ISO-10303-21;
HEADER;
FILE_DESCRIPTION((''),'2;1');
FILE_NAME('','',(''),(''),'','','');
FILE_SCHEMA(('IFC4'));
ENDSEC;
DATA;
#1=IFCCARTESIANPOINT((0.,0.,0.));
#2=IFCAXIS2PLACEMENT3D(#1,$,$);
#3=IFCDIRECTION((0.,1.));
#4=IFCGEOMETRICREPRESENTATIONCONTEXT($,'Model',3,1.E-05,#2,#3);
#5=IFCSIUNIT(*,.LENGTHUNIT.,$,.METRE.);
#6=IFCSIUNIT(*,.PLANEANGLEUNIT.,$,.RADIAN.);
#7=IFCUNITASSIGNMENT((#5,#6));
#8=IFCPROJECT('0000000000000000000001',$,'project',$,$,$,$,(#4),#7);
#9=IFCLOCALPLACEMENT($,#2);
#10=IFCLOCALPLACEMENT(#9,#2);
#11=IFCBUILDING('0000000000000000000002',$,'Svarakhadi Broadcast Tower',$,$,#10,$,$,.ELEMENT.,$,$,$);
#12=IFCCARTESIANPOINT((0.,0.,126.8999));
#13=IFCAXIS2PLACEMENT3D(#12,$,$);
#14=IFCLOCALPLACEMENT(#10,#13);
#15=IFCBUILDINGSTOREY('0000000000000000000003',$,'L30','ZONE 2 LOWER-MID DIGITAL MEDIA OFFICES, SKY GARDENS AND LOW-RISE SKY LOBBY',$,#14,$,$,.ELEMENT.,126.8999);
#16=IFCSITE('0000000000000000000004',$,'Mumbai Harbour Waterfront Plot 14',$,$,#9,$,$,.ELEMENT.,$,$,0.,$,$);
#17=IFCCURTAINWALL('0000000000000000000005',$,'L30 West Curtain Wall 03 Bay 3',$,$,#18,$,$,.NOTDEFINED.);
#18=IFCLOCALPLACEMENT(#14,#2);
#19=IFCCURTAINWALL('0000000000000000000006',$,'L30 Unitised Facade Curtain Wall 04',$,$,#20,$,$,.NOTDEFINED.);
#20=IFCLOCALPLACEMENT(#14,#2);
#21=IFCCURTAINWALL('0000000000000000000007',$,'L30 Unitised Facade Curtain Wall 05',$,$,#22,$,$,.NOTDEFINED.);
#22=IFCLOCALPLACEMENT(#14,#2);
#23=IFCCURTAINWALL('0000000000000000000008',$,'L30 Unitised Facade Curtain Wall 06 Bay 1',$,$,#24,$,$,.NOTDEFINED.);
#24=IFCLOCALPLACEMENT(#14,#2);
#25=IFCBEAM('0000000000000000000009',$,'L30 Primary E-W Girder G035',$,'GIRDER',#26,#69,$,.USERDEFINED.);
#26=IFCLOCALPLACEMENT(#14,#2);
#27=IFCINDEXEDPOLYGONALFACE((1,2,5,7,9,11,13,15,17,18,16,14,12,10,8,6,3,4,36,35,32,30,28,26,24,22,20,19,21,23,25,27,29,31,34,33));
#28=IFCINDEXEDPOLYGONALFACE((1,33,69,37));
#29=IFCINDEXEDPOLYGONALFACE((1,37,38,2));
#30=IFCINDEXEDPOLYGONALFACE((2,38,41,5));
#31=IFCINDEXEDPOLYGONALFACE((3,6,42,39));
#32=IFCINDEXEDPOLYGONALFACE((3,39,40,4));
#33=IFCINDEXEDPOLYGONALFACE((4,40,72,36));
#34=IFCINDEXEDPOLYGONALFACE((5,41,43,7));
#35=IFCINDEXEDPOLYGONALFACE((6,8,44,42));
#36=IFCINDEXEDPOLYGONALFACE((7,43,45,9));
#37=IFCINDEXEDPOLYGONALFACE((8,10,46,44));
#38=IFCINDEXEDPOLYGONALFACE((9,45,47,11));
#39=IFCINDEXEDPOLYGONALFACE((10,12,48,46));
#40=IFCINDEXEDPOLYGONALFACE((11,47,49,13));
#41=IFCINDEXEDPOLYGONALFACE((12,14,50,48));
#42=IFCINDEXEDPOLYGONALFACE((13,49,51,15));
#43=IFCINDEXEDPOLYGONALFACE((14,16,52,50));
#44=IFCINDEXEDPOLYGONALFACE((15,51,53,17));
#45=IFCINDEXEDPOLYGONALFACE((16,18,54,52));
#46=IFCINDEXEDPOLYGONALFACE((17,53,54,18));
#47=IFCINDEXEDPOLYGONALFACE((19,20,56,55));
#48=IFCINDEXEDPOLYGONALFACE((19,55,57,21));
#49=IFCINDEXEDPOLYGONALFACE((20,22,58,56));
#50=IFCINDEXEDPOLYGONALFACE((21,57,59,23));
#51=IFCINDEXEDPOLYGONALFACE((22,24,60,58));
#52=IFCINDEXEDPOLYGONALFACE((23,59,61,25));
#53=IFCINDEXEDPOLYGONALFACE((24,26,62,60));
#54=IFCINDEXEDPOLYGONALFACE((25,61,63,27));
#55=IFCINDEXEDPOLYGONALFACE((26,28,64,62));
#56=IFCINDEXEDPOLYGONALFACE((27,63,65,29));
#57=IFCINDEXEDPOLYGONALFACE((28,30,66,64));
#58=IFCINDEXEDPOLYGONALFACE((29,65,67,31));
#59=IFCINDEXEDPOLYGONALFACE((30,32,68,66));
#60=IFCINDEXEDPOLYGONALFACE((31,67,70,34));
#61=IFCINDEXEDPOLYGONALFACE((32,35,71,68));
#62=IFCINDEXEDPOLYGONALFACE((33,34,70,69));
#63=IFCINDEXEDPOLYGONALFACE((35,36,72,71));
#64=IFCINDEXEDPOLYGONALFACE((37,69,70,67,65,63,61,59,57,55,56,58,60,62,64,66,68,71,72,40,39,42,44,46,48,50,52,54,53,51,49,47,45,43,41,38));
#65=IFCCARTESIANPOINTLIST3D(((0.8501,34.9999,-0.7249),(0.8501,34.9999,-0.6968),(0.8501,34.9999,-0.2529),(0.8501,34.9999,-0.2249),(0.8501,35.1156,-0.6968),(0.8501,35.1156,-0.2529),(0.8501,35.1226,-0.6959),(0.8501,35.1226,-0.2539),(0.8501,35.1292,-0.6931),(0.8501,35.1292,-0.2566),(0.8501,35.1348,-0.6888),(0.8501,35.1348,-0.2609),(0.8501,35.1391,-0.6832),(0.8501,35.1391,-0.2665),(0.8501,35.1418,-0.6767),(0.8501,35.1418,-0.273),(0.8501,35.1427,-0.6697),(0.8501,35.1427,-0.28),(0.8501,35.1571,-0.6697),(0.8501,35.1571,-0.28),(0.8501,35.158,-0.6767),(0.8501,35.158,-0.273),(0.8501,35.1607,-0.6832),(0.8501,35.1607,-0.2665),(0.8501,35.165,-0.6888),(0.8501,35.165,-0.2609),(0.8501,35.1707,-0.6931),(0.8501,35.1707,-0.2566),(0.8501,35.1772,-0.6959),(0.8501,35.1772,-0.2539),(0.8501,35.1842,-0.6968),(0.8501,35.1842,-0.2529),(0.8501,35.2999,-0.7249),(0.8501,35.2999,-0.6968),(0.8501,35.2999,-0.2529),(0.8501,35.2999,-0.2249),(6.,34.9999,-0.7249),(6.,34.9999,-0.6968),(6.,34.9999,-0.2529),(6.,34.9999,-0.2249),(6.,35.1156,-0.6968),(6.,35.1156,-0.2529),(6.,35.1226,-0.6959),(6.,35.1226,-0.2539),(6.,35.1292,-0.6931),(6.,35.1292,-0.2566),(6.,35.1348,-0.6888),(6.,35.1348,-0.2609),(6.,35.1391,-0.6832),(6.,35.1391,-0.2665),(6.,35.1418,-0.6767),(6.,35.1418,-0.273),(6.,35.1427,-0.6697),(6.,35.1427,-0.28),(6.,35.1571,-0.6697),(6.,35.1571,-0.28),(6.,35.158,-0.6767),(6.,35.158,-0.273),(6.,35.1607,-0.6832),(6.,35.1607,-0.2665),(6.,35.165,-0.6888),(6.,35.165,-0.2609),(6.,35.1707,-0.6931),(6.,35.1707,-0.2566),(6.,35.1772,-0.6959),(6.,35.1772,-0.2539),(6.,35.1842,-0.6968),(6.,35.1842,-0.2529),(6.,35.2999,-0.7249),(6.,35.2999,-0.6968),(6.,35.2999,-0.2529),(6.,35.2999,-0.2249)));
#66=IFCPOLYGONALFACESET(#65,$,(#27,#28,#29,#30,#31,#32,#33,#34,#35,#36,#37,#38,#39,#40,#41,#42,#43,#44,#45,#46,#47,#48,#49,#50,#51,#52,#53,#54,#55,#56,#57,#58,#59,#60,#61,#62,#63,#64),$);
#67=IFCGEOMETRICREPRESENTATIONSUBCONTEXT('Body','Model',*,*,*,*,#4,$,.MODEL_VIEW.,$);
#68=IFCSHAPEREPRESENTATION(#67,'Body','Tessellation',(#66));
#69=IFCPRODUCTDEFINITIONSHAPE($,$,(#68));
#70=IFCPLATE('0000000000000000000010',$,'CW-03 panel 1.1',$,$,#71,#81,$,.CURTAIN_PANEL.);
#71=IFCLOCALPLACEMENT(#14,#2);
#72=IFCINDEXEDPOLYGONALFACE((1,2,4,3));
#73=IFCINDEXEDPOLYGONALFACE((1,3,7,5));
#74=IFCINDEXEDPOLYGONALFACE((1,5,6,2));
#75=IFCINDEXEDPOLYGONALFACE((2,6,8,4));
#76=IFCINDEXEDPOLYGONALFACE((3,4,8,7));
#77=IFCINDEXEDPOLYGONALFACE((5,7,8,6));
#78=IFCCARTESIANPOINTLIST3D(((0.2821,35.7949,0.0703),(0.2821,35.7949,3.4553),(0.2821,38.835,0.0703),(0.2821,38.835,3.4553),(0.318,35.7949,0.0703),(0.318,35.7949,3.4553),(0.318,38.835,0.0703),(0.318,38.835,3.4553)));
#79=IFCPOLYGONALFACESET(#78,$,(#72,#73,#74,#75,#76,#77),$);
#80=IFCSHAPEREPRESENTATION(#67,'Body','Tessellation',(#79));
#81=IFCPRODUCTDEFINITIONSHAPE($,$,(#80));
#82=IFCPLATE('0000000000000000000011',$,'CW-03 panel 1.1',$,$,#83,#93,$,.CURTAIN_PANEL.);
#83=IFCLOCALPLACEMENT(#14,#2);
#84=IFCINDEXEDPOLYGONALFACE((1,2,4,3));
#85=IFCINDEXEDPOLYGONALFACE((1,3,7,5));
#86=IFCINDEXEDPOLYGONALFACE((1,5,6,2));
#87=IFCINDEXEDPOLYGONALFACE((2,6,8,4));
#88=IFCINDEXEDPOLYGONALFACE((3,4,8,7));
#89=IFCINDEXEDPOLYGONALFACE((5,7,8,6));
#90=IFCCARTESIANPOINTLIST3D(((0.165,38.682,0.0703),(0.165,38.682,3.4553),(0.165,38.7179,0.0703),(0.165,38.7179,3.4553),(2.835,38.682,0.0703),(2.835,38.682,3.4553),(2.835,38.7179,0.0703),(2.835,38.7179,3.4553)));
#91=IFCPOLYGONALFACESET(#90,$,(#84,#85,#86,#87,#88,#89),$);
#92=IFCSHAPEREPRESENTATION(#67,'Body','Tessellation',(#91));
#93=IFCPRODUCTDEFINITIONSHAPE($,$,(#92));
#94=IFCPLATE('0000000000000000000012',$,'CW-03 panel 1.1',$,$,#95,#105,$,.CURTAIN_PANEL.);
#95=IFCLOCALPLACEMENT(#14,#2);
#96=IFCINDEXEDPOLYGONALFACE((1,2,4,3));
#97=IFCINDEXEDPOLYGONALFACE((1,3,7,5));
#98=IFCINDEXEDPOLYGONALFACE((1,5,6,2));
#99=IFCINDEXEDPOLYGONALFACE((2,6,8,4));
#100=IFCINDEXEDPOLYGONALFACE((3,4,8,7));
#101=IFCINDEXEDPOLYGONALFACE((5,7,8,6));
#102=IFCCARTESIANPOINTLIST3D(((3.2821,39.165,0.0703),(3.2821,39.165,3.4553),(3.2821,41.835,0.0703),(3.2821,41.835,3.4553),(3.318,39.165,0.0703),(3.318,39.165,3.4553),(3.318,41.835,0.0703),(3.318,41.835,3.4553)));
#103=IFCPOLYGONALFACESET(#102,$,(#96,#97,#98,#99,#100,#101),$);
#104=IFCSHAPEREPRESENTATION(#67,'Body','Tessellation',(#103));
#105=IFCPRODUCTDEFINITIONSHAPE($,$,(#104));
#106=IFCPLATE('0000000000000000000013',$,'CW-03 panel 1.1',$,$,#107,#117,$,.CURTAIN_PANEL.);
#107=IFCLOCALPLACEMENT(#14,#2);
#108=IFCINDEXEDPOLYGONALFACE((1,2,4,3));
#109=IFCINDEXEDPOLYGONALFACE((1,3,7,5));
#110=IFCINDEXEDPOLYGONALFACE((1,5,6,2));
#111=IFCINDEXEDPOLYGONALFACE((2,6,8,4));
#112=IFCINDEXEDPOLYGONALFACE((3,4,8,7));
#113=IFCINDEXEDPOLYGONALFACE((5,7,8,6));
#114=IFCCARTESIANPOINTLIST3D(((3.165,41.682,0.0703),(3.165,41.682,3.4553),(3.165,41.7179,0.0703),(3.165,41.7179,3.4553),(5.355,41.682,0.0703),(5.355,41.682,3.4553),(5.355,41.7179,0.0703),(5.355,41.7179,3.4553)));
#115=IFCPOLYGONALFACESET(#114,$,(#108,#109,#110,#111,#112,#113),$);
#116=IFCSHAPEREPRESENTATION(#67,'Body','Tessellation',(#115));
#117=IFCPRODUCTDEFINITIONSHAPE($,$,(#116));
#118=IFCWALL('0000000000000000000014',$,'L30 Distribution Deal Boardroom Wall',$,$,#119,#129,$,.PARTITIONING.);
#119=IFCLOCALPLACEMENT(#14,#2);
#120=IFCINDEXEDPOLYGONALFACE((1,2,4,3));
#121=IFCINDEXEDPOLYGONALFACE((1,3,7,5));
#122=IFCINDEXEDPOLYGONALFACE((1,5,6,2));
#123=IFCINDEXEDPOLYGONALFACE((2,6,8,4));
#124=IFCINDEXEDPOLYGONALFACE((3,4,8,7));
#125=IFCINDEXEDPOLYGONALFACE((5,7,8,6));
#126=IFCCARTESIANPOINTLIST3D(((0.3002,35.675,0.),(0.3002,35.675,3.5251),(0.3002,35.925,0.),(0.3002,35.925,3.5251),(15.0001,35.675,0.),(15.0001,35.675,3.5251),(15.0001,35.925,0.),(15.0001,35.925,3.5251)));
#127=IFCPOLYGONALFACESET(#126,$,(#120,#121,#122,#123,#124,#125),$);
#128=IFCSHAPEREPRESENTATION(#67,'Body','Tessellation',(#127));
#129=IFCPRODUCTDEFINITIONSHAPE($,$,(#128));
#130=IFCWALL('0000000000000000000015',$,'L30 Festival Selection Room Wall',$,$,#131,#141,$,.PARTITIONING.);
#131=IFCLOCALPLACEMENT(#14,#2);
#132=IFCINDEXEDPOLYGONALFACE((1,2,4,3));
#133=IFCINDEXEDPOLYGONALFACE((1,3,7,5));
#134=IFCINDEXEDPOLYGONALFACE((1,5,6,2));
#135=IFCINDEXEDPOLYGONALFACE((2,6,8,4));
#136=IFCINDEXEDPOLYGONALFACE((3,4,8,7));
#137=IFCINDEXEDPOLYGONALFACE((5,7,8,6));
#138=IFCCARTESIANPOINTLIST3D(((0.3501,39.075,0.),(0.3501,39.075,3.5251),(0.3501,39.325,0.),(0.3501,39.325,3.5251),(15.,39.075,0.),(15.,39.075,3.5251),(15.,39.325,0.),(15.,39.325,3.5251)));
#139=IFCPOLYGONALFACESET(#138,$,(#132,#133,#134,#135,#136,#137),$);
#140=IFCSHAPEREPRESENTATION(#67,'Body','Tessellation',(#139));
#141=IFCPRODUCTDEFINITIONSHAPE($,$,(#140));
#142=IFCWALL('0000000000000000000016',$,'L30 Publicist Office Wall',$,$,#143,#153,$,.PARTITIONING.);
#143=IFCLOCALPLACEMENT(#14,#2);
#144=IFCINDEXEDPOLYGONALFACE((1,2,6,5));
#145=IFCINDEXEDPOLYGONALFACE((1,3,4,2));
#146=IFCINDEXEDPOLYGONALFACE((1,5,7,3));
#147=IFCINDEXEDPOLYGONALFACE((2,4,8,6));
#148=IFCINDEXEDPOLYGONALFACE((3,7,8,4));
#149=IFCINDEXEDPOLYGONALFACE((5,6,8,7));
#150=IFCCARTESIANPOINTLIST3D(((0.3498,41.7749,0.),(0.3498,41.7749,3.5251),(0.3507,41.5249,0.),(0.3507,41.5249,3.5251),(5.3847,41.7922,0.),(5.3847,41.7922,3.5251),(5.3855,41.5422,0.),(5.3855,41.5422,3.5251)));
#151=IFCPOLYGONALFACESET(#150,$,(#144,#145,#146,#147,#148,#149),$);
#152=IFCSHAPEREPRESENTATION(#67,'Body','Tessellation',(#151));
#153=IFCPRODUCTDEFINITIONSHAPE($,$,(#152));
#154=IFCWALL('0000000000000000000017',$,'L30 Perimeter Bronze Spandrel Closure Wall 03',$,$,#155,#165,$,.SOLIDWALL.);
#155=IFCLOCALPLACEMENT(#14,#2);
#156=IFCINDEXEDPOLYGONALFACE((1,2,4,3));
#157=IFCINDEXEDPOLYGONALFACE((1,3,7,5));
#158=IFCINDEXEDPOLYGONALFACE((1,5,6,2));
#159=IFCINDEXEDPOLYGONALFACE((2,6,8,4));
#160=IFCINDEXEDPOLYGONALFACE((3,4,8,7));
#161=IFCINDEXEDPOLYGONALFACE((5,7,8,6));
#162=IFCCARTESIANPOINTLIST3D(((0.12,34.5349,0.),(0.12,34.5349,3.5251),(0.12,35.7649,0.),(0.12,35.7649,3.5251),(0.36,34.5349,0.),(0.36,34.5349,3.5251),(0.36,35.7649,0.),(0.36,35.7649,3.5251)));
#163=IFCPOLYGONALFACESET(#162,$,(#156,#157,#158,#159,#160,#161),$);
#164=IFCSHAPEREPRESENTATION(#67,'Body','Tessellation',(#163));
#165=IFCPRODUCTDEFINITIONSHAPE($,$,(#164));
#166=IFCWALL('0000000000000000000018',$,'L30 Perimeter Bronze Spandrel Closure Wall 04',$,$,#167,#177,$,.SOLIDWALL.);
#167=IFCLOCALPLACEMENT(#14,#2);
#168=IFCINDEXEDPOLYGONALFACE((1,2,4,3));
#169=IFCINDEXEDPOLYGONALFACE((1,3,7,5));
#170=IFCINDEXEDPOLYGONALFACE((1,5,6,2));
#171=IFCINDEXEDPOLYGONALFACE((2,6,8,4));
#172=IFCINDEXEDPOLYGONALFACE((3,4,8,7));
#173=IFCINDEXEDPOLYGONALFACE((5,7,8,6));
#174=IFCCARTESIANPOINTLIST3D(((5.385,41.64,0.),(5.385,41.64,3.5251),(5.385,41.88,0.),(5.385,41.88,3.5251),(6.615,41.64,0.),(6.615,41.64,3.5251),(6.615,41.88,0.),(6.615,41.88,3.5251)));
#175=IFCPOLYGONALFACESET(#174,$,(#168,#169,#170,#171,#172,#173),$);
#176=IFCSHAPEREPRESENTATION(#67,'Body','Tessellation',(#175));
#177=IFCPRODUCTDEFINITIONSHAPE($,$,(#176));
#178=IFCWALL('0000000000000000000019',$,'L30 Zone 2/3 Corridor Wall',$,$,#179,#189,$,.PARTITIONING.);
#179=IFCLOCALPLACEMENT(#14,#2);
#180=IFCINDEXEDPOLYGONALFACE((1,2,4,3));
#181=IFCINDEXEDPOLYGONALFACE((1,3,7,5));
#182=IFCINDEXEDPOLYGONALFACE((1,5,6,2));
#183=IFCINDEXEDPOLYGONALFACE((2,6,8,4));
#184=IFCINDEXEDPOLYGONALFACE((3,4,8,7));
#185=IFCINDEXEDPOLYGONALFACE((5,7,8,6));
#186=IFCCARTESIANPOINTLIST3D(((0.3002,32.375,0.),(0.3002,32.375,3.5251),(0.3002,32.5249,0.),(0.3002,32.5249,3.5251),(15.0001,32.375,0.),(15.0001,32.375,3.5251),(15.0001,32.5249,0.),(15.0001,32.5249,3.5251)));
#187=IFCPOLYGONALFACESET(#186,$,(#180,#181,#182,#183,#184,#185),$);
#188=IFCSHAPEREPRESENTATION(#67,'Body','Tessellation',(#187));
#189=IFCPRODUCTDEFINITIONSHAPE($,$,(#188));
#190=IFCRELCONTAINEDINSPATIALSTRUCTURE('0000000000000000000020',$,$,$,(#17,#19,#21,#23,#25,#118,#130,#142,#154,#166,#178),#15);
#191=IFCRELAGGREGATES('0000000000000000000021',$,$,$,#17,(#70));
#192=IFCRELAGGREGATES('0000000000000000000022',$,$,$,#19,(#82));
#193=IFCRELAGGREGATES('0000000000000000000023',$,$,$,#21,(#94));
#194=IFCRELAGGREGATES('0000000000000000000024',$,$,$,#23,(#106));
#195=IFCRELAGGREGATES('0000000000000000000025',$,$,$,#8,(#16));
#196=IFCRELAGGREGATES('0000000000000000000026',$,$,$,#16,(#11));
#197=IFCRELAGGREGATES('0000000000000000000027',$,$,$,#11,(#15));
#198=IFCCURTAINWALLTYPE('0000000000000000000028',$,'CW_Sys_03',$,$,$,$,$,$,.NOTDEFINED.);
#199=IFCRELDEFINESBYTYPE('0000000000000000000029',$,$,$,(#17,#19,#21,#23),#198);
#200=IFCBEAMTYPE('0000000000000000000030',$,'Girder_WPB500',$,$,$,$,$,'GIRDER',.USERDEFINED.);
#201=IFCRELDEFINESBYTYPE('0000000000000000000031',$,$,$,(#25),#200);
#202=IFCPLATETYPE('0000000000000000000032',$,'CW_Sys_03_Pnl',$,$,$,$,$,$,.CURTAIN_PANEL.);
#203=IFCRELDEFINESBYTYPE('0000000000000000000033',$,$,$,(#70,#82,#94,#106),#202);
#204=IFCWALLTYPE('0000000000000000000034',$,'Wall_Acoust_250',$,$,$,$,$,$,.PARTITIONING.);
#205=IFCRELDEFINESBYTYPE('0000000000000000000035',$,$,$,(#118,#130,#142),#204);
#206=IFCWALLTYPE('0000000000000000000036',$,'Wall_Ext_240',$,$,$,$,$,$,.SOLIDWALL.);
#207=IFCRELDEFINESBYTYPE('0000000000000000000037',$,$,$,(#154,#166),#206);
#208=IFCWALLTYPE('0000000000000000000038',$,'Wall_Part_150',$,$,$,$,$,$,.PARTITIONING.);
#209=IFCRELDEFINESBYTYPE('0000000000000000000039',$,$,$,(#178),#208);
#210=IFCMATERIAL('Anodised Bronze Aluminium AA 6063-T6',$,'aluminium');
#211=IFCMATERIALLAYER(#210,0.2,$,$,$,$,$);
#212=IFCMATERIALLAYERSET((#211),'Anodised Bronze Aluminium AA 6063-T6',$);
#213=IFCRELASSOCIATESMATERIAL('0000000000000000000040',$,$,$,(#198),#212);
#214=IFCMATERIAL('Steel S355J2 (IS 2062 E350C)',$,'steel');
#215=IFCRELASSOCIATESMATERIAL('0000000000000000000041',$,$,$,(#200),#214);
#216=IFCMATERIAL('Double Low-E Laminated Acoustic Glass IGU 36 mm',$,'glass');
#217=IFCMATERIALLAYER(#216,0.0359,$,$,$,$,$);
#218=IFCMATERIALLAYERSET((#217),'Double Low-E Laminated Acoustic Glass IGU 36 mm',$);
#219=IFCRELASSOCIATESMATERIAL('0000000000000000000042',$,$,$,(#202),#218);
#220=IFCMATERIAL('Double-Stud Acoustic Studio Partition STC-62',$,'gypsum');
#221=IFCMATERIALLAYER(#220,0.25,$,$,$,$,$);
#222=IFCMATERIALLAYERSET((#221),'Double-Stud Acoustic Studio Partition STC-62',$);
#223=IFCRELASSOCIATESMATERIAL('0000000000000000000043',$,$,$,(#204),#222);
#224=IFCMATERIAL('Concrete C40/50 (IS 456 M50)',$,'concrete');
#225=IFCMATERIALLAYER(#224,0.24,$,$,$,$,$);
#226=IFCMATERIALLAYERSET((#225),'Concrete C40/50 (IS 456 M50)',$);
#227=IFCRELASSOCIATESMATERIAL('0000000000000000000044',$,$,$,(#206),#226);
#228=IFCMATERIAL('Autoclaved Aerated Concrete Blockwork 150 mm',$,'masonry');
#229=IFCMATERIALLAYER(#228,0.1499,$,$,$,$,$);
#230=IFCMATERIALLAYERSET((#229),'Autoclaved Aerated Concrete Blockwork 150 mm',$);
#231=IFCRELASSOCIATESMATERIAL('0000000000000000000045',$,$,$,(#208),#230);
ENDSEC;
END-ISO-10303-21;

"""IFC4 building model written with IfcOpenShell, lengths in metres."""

from ifc_helpers import new_model, si_unit, direction, frame, frame_2d, origin, origin_2d, place, context, subcontext, project, spatial, rectangle, i_section, extrude, material, layer, layer_set, material_profile, profile_set, type_object, element, aggregate, save


model = new_model("IFC4")

# Units and contexts
model_context = context("Model", 3, precision=1e-05, world=origin(), true_north=direction((0.0, 1.0)))
body_context = subcontext(model_context, "Body", "Model", "MODEL_VIEW")
ifc_project = project(units=[si_unit("LENGTHUNIT", "METRE"), si_unit("PLANEANGLEUNIT", "RADIAN")], contexts=[model_context])

# Site, building, storey
site_placement = place(None, origin())
site = spatial("IfcSite", under=ifc_project, at=site_placement, Name="Mumbai Harbour Waterfront Plot 14", CompositionType="ELEMENT", RefElevation=0.0)
building_placement = place(site_placement, origin())
building = spatial("IfcBuilding", under=site, at=building_placement, Name="Svarakhadi Broadcast Tower", CompositionType="ELEMENT")
storey_placement = place(building_placement, frame((0.0, 0.0, 126.8999)))
storey = spatial("IfcBuildingStorey", under=building, at=storey_placement, Name="L30", Description="ZONE 2 LOWER-MID DIGITAL MEDIA OFFICES, SKY GARDENS AND LOW-RISE SKY LOBBY", CompositionType="ELEMENT", Elevation=126.8999)

# Shared definitions
ifc_material_1 = material(Name="Steel S355J2 (IS 2062 E350C)", Category="steel")

# Shared definitions
ifc_material_2 = material(Name="Anodised Bronze Aluminium AA 6063-T6", Category="aluminium")
ifc_layer_1 = layer(ifc_material_2, 0.2)
ifc_layer_set_1 = layer_set([ifc_layer_1], Name="Anodised Bronze Aluminium AA 6063-T6")
curtain_wall_type = type_object("IfcCurtainWallType", Name="CW_Sys_03", PredefinedType="NOTDEFINED", material=ifc_layer_set_1)

# Curtain walls
curtain_wall_1_placement = place(storey_placement, origin())
curtain_wall_1 = element("IfcCurtainWall", 1, at=curtain_wall_1_placement, inside=storey, type_object=curtain_wall_type, Name="L30 West Curtain Wall 03 Bay 3", PredefinedType="NOTDEFINED")
curtain_wall_2_placement = place(storey_placement, origin())
curtain_wall_2 = element("IfcCurtainWall", 2, at=curtain_wall_2_placement, inside=storey, type_object=curtain_wall_type, Name="L30 Unitised Facade Curtain Wall 04", PredefinedType="NOTDEFINED")
curtain_wall_3_placement = place(storey_placement, origin())
curtain_wall_3 = element("IfcCurtainWall", 3, at=curtain_wall_3_placement, inside=storey, type_object=curtain_wall_type, Name="L30 Unitised Facade Curtain Wall 05", PredefinedType="NOTDEFINED")
curtain_wall_4_placement = place(storey_placement, origin())
curtain_wall_4 = element("IfcCurtainWall", 4, at=curtain_wall_4_placement, inside=storey, type_object=curtain_wall_type, Name="L30 Unitised Facade Curtain Wall 06 Bay 1", PredefinedType="NOTDEFINED")

# Beam
ifc_material_profile_1 = material_profile(ifc_material_1, i_section(OverallWidth=0.3, OverallDepth=0.5, WebThickness=0.0144, FlangeThickness=0.0281, FilletRadius=0.0271, at=origin_2d()), Name="WPB 500x300x187")
ifc_profile_set_1 = profile_set([ifc_material_profile_1], Name="Steel S355J2 (IS 2062 E350C)")
beam_type_1 = type_object("IfcBeamType", Name="Girder_WPB500", ElementType="GIRDER", PredefinedType="USERDEFINED", material=ifc_profile_set_1)
beam_1_placement = place(storey_placement, frame((0.8501, 35.1499, -0.4749), z_axis=(1.0, 0.0, 0.0), x_axis=(0.0, 1.0, 0.0)))
element("IfcBeam", 5, at=beam_1_placement, inside=storey, type_object=beam_type_1, Name="L30 Primary E-W Girder G035", ObjectType="GIRDER", PredefinedType="USERDEFINED", context=body_context, shape_type="SweptSolid", body=[
    extrude(i_section(OverallWidth=0.3, OverallDepth=0.5, WebThickness=0.0144, FlangeThickness=0.0281, FilletRadius=0.0271, at=origin_2d()), origin(), (0.0, 0.0, 1.0), 5.1499),
])

# Plates
ifc_material_3 = material(Name="Double Low-E Laminated Acoustic Glass IGU 36 mm", Category="glass")
ifc_layer_2 = layer(ifc_material_3, 0.0359)
ifc_layer_set_2 = layer_set([ifc_layer_2], Name="Double Low-E Laminated Acoustic Glass IGU 36 mm")
plate_type = type_object("IfcPlateType", Name="CW_Sys_03_Pnl", PredefinedType="CURTAIN_PANEL", material=ifc_layer_set_2)
plate_1_placement = place(storey_placement, frame((0.3, 37.3149, 0.0703), z_axis=(0.0, 0.0, 1.0), x_axis=(0.0, 1.0, 0.0)))
plate_1 = element("IfcPlate", 6, at=plate_1_placement, type_object=plate_type, Name="CW-03 panel 1.1", PredefinedType="CURTAIN_PANEL", context=body_context, shape_type="SweptSolid", body=[
    extrude(rectangle(XDim=3.04, YDim=0.0359, at=origin_2d()), origin(), (0.0, 0.0, 1.0), 3.385),
])
aggregate(curtain_wall_1, [plate_1])
plate_2_placement = place(storey_placement, frame((1.5, 38.7, 0.0703), z_axis=(0.0, 0.0, 1.0), x_axis=(1.0, 0.0, 0.0)))
plate_2 = element("IfcPlate", 7, at=plate_2_placement, type_object=plate_type, Name="CW-03 panel 1.1", PredefinedType="CURTAIN_PANEL", context=body_context, shape_type="SweptSolid", body=[
    extrude(rectangle(XDim=2.6699, YDim=0.0359, at=origin_2d()), origin(), (0.0, 0.0, 1.0), 3.385),
])
aggregate(curtain_wall_2, [plate_2])
plate_3_placement = place(storey_placement, frame((3.3, 40.5, 0.0703), z_axis=(0.0, 0.0, 1.0), x_axis=(0.0, 1.0, 0.0)))
plate_3 = element("IfcPlate", 8, at=plate_3_placement, type_object=plate_type, Name="CW-03 panel 1.1", PredefinedType="CURTAIN_PANEL", context=body_context, shape_type="SweptSolid", body=[
    extrude(rectangle(XDim=2.6699, YDim=0.0359, at=origin_2d()), origin(), (0.0, 0.0, 1.0), 3.385),
])
aggregate(curtain_wall_3, [plate_3])
plate_4_placement = place(storey_placement, frame((4.26, 41.7, 0.0703), z_axis=(0.0, 0.0, 1.0), x_axis=(1.0, 0.0, 0.0)))
plate_4 = element("IfcPlate", 9, at=plate_4_placement, type_object=plate_type, Name="CW-03 panel 1.1", PredefinedType="CURTAIN_PANEL", context=body_context, shape_type="SweptSolid", body=[
    extrude(rectangle(XDim=2.1899, YDim=0.0359, at=origin_2d()), origin(), (0.0, 0.0, 1.0), 3.385),
])
aggregate(curtain_wall_4, [plate_4])

# Walls
ifc_material_4 = material(Name="Double-Stud Acoustic Studio Partition STC-62", Category="gypsum")
ifc_layer_3 = layer(ifc_material_4, 0.25)
ifc_layer_set_3 = layer_set([ifc_layer_3], Name="Double-Stud Acoustic Studio Partition STC-62")
wall_type_1 = type_object("IfcWallType", Name="Wall_Acoust_250", PredefinedType="PARTITIONING", material=ifc_layer_set_3)
wall_1_placement = place(storey_placement, frame((0.3, 35.8, 0.0), z_axis=(0.0, 0.0, 1.0), x_axis=(1.0, 0.0, 0.0)))
element("IfcWall", 10, at=wall_1_placement, inside=storey, type_object=wall_type_1, Name="L30 Distribution Deal Boardroom Wall", PredefinedType="PARTITIONING", context=body_context, shape_type="SweptSolid", body=[
    extrude(rectangle(XDim=14.7, YDim=0.25, at=frame_2d((7.3501, 0.0))), origin(), (0.0, 0.0, 1.0), 3.5251),
])
wall_2_placement = place(storey_placement, frame((0.3501, 39.2, 0.0), z_axis=(0.0, 0.0, 1.0), x_axis=(1.0, 0.0, 0.0)))
element("IfcWall", 11, at=wall_2_placement, inside=storey, type_object=wall_type_1, Name="L30 Festival Selection Room Wall", PredefinedType="PARTITIONING", context=body_context, shape_type="SweptSolid", body=[
    extrude(rectangle(XDim=14.6499, YDim=0.25, at=frame_2d((7.325, 0.0))), origin(), (0.0, 0.0, 1.0), 3.5251),
])
wall_3_placement = place(storey_placement, frame((0.3501, 41.6499, 0.0), z_axis=(0.0, 0.0, 1.0), x_axis=(0.999994, 0.003443, 0.0)))
element("IfcWall", 12, at=wall_3_placement, inside=storey, type_object=wall_type_1, Name="L30 Publicist Office Wall", PredefinedType="PARTITIONING", context=body_context, shape_type="SweptSolid", body=[
    extrude(rectangle(XDim=5.0349, YDim=0.25, at=frame_2d((2.5176, 0.0))), origin(), (0.0, 0.0, 1.0), 3.5251),
])
ifc_material_5 = material(Name="Concrete C40/50 (IS 456 M50)", Category="concrete")
ifc_layer_4 = layer(ifc_material_5, 0.24)
ifc_layer_set_4 = layer_set([ifc_layer_4], Name="Concrete C40/50 (IS 456 M50)")
wall_type_2 = type_object("IfcWallType", Name="Wall_Ext_240", PredefinedType="SOLIDWALL", material=ifc_layer_set_4)
for number, where, z_axis, x_axis, name in (
    (13, (0.24, 34.5349, 0.0), (0.0, 0.0, 1.0), (0.0, 1.0, 0.0), "L30 Perimeter Bronze Spandrel Closure Wall 03"),
    (14, (5.385, 41.76, 0.0), (0.0, 0.0, 1.0), (1.0, 0.0, 0.0), "L30 Perimeter Bronze Spandrel Closure Wall 04"),
):
    element("IfcWall", number, at=place(storey_placement, frame(where, z_axis=z_axis, x_axis=x_axis)), inside=storey, type_object=wall_type_2, Name=name, PredefinedType="SOLIDWALL", context=body_context, shape_type="SweptSolid", body=[
        extrude(rectangle(XDim=1.23, YDim=0.24, at=frame_2d((0.615, 0.0))), origin(), (0.0, 0.0, 1.0), 3.5251),
    ])
ifc_material_6 = material(Name="Autoclaved Aerated Concrete Blockwork 150 mm", Category="masonry")
ifc_layer_5 = layer(ifc_material_6, 0.1499)
ifc_layer_set_5 = layer_set([ifc_layer_5], Name="Autoclaved Aerated Concrete Blockwork 150 mm")
wall_type_3 = type_object("IfcWallType", Name="Wall_Part_150", PredefinedType="PARTITIONING", material=ifc_layer_set_5)
wall_4_placement = place(storey_placement, frame((0.3, 32.45, 0.0), z_axis=(0.0, 0.0, 1.0), x_axis=(1.0, 0.0, 0.0)))
element("IfcWall", 15, at=wall_4_placement, inside=storey, type_object=wall_type_3, Name="L30 Zone 2/3 Corridor Wall", PredefinedType="PARTITIONING", context=body_context, shape_type="SweptSolid", body=[
    extrude(rectangle(XDim=14.7, YDim=0.1499, at=frame_2d((7.3501, 0.0))), origin(), (0.0, 0.0, 1.0), 3.5251),
])

save(model, "model.ifc")
